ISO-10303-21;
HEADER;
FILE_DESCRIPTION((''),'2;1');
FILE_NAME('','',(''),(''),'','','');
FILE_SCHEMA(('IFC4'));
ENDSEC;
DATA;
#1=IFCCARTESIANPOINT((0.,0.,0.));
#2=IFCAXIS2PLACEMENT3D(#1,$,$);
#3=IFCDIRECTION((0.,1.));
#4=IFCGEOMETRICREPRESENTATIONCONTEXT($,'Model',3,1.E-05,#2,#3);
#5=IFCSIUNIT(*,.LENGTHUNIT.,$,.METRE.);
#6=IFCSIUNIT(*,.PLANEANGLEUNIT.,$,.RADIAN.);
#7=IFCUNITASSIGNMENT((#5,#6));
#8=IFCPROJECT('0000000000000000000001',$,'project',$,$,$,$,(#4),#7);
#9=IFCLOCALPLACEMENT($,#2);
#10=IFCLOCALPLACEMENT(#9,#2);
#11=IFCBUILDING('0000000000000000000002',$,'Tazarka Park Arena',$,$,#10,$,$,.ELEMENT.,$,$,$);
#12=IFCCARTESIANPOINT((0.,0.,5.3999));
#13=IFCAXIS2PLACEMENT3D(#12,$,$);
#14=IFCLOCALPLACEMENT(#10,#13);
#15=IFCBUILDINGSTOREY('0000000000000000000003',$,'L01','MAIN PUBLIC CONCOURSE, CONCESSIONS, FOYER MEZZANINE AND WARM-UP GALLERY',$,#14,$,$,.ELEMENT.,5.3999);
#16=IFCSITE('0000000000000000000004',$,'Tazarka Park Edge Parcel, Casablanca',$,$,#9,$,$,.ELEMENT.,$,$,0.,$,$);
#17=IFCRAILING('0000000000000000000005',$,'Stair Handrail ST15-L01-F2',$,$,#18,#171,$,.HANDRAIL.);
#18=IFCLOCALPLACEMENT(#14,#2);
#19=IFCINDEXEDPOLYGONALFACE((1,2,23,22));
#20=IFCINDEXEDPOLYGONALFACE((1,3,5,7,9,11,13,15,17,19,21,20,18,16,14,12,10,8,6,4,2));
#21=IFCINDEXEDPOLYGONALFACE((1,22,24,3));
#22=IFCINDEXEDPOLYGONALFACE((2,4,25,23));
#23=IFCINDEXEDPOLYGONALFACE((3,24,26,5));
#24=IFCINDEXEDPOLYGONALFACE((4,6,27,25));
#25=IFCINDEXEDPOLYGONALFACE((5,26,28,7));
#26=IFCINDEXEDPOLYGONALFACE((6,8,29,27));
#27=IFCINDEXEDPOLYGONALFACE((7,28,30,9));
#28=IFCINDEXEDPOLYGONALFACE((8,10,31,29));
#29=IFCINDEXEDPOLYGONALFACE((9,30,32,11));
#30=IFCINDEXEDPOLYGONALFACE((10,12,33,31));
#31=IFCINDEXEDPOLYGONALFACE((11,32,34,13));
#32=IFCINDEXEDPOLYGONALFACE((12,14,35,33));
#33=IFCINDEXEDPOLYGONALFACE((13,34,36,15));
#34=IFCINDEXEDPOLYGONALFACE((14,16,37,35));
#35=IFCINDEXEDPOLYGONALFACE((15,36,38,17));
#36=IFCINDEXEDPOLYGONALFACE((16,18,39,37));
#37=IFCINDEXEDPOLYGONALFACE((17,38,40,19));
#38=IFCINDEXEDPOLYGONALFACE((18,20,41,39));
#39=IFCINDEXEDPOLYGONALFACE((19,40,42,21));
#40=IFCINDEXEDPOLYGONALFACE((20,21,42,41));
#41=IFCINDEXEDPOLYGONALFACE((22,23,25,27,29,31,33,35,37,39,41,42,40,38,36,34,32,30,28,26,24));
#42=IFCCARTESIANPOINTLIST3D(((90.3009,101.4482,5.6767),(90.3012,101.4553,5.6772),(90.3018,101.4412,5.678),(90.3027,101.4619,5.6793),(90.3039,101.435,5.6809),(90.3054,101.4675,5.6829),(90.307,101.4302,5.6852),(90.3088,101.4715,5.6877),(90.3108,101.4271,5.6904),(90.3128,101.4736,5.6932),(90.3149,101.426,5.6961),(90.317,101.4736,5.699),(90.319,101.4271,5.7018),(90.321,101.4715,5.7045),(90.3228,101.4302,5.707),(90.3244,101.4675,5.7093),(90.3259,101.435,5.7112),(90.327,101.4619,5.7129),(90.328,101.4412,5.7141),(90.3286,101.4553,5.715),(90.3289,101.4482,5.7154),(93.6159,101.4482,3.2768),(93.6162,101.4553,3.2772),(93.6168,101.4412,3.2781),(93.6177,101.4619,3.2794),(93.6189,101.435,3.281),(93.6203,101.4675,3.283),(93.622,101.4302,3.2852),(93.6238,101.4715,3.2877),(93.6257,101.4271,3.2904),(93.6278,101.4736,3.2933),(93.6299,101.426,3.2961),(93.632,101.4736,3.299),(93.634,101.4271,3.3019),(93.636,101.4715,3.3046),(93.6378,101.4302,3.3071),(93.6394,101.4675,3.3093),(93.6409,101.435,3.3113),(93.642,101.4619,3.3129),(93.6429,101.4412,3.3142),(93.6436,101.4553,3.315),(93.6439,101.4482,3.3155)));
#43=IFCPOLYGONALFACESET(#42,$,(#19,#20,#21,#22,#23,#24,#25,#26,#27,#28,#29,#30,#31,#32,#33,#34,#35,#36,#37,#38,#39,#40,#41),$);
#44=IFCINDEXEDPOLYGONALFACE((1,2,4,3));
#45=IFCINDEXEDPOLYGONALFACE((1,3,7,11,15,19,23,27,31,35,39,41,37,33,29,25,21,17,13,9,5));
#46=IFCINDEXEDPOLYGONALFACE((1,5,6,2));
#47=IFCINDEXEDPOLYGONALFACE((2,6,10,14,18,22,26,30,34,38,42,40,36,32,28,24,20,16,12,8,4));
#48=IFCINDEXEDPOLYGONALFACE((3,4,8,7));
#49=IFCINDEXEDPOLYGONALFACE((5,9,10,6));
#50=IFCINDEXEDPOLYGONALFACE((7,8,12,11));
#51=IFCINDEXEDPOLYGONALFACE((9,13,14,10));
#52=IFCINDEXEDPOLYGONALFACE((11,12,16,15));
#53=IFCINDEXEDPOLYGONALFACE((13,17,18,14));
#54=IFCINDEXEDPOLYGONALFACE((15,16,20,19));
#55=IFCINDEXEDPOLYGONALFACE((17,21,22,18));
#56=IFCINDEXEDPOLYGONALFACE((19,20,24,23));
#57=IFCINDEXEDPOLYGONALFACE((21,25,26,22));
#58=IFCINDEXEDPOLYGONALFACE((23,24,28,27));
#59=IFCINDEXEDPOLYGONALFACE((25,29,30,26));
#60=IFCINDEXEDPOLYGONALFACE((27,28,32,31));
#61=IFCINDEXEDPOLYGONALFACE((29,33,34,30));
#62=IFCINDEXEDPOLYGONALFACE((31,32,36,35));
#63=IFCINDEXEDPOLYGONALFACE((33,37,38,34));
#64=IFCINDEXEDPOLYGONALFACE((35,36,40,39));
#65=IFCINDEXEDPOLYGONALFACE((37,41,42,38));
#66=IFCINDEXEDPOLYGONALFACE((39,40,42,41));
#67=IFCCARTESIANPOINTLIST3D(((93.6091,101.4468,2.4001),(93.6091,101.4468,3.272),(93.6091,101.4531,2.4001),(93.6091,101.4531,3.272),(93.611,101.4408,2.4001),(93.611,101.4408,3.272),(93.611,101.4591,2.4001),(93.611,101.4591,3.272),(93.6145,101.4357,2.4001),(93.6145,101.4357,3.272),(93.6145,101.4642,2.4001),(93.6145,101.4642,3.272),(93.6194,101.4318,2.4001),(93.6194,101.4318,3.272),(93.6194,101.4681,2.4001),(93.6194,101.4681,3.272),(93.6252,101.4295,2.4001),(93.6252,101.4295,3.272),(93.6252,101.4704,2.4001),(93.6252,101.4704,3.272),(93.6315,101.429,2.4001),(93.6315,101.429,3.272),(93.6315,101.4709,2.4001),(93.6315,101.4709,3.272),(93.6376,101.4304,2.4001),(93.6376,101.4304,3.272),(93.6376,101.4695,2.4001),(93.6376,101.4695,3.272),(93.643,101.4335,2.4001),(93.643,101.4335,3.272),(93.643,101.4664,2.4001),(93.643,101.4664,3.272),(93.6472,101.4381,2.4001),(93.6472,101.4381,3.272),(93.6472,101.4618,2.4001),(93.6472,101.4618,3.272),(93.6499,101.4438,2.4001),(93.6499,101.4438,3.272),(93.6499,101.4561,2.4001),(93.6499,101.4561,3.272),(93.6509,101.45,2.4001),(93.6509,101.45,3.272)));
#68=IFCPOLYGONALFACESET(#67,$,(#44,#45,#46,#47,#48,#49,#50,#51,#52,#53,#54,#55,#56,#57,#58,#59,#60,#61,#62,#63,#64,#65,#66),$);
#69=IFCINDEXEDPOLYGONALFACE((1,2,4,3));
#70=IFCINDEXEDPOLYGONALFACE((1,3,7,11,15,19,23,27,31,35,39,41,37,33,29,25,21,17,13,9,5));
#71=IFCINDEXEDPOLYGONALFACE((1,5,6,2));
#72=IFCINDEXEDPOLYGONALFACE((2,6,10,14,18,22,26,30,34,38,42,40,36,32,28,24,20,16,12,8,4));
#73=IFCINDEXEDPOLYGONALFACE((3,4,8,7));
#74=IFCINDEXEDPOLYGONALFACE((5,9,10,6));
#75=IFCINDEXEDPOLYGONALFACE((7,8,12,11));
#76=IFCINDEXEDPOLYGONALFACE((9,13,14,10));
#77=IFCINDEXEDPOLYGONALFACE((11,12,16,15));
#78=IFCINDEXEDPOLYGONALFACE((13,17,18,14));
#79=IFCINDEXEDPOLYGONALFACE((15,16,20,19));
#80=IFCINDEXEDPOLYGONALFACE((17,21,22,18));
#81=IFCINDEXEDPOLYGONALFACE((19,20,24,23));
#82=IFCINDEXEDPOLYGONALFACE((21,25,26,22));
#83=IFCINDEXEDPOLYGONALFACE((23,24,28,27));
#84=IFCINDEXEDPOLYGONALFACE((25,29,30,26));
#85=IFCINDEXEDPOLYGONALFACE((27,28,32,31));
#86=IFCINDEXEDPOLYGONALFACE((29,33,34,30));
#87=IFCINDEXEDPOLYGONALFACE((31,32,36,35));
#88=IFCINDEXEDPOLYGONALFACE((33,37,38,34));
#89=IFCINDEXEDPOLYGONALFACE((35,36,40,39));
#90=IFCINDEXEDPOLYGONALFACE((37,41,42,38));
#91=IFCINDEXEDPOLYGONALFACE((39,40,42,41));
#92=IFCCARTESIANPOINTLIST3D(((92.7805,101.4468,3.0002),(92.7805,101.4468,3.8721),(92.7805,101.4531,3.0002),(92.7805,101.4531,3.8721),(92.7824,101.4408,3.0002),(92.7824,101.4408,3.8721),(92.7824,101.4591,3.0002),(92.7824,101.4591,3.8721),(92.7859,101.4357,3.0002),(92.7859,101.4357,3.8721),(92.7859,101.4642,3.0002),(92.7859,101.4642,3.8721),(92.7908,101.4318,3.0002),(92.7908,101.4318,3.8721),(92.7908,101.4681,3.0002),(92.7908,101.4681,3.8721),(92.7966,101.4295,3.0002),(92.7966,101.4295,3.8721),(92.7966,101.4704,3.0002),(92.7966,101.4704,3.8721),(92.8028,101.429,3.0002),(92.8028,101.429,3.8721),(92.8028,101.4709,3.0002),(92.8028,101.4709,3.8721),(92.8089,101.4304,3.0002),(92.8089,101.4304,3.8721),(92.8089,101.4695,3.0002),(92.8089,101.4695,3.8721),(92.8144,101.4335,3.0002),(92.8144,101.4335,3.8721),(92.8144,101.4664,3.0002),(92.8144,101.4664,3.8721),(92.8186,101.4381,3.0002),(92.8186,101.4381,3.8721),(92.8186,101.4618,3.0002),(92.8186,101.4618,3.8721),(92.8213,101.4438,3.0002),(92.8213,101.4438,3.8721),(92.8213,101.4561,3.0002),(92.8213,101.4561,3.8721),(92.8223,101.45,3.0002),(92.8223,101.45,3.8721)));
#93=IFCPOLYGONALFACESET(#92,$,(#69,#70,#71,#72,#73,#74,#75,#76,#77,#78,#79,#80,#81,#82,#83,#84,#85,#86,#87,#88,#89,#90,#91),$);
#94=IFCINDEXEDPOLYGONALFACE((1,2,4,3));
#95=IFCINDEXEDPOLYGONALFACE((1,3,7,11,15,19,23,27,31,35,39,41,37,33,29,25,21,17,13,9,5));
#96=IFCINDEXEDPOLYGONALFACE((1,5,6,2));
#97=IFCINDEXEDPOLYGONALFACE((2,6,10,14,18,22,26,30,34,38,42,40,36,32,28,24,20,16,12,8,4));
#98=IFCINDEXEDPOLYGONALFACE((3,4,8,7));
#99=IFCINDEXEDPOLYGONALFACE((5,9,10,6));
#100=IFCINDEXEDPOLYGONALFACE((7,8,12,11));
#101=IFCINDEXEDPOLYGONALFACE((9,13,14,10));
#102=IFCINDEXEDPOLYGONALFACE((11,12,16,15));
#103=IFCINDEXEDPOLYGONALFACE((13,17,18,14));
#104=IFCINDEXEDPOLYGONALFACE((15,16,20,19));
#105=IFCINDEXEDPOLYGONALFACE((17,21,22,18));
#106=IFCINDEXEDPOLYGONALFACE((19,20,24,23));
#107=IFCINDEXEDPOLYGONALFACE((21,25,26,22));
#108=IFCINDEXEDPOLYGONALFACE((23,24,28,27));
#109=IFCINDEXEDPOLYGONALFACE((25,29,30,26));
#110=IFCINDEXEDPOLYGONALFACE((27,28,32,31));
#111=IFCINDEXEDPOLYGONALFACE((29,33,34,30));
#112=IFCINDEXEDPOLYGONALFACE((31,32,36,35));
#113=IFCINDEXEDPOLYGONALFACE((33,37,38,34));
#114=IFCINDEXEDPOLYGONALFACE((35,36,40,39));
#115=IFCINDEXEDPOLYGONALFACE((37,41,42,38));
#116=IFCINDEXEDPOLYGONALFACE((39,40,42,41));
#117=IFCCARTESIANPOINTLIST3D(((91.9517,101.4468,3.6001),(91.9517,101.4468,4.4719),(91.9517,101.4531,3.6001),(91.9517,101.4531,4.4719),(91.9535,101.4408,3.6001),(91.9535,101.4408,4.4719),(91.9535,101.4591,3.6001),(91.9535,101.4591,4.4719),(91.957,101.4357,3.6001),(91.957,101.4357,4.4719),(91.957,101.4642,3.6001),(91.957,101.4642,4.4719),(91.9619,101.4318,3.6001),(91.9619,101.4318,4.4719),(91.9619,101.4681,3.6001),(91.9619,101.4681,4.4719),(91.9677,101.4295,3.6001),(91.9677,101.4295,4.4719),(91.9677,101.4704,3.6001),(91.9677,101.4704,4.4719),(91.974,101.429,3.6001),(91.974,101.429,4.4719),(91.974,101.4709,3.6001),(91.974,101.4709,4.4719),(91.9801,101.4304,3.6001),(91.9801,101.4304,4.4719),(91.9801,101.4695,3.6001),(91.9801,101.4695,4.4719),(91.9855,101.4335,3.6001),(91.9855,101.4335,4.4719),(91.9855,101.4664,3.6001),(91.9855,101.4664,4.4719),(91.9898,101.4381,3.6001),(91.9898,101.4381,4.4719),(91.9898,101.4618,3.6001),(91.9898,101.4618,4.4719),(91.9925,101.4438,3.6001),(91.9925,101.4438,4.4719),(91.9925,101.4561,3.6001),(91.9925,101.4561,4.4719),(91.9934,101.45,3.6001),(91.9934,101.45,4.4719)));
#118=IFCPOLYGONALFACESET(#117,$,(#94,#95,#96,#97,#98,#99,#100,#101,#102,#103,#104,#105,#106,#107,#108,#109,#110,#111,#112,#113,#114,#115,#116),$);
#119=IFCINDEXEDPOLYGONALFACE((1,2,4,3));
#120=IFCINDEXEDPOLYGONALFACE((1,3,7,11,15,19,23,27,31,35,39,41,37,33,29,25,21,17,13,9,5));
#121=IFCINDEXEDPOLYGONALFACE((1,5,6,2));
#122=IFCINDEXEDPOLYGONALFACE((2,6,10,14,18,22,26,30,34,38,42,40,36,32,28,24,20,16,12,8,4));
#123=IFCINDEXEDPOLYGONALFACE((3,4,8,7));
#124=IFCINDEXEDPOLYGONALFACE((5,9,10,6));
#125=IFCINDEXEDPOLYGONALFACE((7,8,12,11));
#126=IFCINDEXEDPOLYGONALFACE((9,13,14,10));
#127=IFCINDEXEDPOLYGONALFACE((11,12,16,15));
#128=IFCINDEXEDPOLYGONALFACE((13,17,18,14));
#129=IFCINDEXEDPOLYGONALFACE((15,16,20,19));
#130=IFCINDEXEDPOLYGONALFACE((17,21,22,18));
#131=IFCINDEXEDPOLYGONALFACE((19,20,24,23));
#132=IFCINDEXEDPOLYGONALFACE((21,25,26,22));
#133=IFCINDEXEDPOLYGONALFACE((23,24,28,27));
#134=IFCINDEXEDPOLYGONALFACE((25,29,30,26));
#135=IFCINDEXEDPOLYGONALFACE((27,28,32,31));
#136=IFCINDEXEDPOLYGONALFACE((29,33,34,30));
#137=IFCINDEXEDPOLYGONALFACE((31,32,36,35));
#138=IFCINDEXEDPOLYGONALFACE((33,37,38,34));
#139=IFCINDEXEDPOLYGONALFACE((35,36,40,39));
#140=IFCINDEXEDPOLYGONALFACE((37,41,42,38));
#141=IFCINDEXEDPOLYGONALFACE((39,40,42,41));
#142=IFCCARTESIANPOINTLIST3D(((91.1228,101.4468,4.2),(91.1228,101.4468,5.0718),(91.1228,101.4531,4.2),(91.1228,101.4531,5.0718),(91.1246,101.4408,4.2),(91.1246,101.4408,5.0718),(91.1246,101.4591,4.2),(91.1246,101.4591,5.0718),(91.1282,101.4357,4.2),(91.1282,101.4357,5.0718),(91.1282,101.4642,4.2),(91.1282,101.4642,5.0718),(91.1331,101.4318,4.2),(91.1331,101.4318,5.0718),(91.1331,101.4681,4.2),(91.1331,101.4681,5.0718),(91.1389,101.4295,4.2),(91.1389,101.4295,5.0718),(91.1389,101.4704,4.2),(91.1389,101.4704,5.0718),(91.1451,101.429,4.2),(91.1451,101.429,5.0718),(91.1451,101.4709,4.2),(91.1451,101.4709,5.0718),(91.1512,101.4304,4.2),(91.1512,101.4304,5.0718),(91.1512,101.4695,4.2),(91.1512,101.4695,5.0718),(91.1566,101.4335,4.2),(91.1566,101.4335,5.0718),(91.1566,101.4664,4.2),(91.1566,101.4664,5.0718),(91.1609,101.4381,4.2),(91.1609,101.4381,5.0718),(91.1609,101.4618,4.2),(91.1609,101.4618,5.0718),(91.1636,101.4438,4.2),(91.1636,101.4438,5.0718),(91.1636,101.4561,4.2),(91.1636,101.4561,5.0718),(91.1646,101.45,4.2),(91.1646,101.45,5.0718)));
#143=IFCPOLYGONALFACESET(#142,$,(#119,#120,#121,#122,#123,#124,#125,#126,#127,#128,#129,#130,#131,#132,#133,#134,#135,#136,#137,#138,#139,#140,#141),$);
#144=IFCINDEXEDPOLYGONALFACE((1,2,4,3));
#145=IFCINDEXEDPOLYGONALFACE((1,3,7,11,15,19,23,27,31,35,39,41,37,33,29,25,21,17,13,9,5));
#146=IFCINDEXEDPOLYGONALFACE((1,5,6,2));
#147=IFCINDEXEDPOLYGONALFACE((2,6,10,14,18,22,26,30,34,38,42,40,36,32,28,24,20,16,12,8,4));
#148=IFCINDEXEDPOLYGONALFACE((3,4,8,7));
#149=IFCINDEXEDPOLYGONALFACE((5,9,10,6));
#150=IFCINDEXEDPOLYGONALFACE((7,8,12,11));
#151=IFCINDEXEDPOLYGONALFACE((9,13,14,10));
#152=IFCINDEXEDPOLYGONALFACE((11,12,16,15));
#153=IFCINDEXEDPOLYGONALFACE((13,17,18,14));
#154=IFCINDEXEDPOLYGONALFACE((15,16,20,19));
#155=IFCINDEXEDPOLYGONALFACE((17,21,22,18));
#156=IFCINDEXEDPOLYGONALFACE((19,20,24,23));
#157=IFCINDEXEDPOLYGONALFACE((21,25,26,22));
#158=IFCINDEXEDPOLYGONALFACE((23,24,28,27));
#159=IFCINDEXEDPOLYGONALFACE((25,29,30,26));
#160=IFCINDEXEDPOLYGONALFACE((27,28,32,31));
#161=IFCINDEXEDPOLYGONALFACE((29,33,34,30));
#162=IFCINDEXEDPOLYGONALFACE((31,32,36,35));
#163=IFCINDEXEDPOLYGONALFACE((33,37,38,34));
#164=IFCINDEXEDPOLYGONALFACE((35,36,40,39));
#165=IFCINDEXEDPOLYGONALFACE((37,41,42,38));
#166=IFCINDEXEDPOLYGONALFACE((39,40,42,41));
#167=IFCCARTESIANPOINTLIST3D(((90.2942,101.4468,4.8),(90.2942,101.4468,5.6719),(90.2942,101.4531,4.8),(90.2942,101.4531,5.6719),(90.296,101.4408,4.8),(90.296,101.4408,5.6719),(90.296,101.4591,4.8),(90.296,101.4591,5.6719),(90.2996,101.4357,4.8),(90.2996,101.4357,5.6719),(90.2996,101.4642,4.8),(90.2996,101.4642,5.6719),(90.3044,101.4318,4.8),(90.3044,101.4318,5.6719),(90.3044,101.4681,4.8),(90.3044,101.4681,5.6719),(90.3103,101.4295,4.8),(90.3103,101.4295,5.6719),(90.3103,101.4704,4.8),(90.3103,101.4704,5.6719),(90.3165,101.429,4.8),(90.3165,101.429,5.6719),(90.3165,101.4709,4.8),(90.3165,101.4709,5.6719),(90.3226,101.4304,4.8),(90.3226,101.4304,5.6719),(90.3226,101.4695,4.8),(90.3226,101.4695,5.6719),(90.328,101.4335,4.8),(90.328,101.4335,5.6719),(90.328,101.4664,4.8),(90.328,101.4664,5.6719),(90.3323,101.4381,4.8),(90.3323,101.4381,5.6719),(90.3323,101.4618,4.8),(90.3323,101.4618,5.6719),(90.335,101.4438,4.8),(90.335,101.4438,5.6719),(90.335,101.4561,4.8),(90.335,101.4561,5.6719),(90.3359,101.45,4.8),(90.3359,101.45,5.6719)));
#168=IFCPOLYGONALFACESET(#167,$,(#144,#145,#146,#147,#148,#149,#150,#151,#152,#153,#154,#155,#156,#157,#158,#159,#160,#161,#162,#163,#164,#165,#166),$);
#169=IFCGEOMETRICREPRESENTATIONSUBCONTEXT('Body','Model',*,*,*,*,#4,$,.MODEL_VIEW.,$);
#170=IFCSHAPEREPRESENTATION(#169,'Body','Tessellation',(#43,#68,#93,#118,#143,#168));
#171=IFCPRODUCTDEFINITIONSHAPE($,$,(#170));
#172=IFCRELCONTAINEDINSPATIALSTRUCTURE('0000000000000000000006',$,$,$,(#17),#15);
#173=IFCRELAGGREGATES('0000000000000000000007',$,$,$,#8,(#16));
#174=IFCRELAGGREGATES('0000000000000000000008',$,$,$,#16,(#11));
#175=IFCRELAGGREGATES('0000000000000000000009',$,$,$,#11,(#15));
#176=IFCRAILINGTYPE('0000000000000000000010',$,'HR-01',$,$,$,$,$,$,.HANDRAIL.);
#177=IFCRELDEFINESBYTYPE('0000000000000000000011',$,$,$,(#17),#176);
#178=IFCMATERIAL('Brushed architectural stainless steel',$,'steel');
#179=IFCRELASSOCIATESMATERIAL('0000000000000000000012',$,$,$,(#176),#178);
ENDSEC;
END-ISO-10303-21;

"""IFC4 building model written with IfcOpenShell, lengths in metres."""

from ifc_helpers import new_model, si_unit, direction, frame, origin, origin_2d, place, context, subcontext, project, spatial, circle, extrude, material, type_object, element, save


model = new_model("IFC4")

# Units and contexts
model_context = context("Model", 3, precision=1e-05, world=origin(), true_north=direction((0.0, 1.0)))
body_context = subcontext(model_context, "Body", "Model", "MODEL_VIEW")
ifc_project = project(units=[si_unit("LENGTHUNIT", "METRE"), si_unit("PLANEANGLEUNIT", "RADIAN")], contexts=[model_context])

# Site, building, storey
site_placement = place(None, origin())
site = spatial("IfcSite", under=ifc_project, at=site_placement, Name="Tazarka Park Edge Parcel, Casablanca", CompositionType="ELEMENT", RefElevation=0.0)
building_placement = place(site_placement, origin())
building = spatial("IfcBuilding", under=site, at=building_placement, Name="Tazarka Park Arena", CompositionType="ELEMENT")
storey_placement = place(building_placement, frame((0.0, 0.0, 5.3999)))
storey = spatial("IfcBuildingStorey", under=building, at=storey_placement, Name="L01", Description="MAIN PUBLIC CONCOURSE, CONCESSIONS, FOYER MEZZANINE AND WARM-UP GALLERY", CompositionType="ELEMENT", Elevation=5.3999)

# Railing
ifc_material_1 = material(Name="Brushed architectural stainless steel", Category="steel")
railing_type_1 = type_object("IfcRailingType", Name="HR-01", PredefinedType="HANDRAIL", material=ifc_material_1)
railing_1_placement = place(storey_placement, frame((93.6299, 101.45, 2.4001)))
element("IfcRailing", 1, at=railing_1_placement, inside=storey, type_object=railing_type_1, Name="Stair Handrail ST15-L01-F2", PredefinedType="HANDRAIL", context=body_context, shape_type="SweptSolid", body=[
    extrude(circle(Radius=0.0239, at=origin_2d()), frame((0.0, 0.0, 0.896), z_axis=(-0.810009, 0.0, 0.586418), x_axis=(0.0, -1.0, 0.0)), (0.0, 0.0, 1.0), 4.0925),
    extrude(circle(Radius=0.021, at=origin_2d()), origin(), (0.0, 0.0, 1.0), 0.8718),
    extrude(circle(Radius=0.021, at=origin_2d()), frame((-0.8286, 0.0, 0.6001)), (0.0, 0.0, 1.0), 0.8718),
    extrude(circle(Radius=0.021, at=origin_2d()), frame((-1.6575, 0.0, 1.2)), (0.0, 0.0, 1.0), 0.8718),
    extrude(circle(Radius=0.021, at=origin_2d()), frame((-2.4863, 0.0, 1.7998)), (0.0, 0.0, 1.0), 0.8718),
    extrude(circle(Radius=0.021, at=origin_2d()), frame((-3.3149, 0.0, 2.3999)), (0.0, 0.0, 1.0), 0.8718),
])

save(model, "model.ifc")
